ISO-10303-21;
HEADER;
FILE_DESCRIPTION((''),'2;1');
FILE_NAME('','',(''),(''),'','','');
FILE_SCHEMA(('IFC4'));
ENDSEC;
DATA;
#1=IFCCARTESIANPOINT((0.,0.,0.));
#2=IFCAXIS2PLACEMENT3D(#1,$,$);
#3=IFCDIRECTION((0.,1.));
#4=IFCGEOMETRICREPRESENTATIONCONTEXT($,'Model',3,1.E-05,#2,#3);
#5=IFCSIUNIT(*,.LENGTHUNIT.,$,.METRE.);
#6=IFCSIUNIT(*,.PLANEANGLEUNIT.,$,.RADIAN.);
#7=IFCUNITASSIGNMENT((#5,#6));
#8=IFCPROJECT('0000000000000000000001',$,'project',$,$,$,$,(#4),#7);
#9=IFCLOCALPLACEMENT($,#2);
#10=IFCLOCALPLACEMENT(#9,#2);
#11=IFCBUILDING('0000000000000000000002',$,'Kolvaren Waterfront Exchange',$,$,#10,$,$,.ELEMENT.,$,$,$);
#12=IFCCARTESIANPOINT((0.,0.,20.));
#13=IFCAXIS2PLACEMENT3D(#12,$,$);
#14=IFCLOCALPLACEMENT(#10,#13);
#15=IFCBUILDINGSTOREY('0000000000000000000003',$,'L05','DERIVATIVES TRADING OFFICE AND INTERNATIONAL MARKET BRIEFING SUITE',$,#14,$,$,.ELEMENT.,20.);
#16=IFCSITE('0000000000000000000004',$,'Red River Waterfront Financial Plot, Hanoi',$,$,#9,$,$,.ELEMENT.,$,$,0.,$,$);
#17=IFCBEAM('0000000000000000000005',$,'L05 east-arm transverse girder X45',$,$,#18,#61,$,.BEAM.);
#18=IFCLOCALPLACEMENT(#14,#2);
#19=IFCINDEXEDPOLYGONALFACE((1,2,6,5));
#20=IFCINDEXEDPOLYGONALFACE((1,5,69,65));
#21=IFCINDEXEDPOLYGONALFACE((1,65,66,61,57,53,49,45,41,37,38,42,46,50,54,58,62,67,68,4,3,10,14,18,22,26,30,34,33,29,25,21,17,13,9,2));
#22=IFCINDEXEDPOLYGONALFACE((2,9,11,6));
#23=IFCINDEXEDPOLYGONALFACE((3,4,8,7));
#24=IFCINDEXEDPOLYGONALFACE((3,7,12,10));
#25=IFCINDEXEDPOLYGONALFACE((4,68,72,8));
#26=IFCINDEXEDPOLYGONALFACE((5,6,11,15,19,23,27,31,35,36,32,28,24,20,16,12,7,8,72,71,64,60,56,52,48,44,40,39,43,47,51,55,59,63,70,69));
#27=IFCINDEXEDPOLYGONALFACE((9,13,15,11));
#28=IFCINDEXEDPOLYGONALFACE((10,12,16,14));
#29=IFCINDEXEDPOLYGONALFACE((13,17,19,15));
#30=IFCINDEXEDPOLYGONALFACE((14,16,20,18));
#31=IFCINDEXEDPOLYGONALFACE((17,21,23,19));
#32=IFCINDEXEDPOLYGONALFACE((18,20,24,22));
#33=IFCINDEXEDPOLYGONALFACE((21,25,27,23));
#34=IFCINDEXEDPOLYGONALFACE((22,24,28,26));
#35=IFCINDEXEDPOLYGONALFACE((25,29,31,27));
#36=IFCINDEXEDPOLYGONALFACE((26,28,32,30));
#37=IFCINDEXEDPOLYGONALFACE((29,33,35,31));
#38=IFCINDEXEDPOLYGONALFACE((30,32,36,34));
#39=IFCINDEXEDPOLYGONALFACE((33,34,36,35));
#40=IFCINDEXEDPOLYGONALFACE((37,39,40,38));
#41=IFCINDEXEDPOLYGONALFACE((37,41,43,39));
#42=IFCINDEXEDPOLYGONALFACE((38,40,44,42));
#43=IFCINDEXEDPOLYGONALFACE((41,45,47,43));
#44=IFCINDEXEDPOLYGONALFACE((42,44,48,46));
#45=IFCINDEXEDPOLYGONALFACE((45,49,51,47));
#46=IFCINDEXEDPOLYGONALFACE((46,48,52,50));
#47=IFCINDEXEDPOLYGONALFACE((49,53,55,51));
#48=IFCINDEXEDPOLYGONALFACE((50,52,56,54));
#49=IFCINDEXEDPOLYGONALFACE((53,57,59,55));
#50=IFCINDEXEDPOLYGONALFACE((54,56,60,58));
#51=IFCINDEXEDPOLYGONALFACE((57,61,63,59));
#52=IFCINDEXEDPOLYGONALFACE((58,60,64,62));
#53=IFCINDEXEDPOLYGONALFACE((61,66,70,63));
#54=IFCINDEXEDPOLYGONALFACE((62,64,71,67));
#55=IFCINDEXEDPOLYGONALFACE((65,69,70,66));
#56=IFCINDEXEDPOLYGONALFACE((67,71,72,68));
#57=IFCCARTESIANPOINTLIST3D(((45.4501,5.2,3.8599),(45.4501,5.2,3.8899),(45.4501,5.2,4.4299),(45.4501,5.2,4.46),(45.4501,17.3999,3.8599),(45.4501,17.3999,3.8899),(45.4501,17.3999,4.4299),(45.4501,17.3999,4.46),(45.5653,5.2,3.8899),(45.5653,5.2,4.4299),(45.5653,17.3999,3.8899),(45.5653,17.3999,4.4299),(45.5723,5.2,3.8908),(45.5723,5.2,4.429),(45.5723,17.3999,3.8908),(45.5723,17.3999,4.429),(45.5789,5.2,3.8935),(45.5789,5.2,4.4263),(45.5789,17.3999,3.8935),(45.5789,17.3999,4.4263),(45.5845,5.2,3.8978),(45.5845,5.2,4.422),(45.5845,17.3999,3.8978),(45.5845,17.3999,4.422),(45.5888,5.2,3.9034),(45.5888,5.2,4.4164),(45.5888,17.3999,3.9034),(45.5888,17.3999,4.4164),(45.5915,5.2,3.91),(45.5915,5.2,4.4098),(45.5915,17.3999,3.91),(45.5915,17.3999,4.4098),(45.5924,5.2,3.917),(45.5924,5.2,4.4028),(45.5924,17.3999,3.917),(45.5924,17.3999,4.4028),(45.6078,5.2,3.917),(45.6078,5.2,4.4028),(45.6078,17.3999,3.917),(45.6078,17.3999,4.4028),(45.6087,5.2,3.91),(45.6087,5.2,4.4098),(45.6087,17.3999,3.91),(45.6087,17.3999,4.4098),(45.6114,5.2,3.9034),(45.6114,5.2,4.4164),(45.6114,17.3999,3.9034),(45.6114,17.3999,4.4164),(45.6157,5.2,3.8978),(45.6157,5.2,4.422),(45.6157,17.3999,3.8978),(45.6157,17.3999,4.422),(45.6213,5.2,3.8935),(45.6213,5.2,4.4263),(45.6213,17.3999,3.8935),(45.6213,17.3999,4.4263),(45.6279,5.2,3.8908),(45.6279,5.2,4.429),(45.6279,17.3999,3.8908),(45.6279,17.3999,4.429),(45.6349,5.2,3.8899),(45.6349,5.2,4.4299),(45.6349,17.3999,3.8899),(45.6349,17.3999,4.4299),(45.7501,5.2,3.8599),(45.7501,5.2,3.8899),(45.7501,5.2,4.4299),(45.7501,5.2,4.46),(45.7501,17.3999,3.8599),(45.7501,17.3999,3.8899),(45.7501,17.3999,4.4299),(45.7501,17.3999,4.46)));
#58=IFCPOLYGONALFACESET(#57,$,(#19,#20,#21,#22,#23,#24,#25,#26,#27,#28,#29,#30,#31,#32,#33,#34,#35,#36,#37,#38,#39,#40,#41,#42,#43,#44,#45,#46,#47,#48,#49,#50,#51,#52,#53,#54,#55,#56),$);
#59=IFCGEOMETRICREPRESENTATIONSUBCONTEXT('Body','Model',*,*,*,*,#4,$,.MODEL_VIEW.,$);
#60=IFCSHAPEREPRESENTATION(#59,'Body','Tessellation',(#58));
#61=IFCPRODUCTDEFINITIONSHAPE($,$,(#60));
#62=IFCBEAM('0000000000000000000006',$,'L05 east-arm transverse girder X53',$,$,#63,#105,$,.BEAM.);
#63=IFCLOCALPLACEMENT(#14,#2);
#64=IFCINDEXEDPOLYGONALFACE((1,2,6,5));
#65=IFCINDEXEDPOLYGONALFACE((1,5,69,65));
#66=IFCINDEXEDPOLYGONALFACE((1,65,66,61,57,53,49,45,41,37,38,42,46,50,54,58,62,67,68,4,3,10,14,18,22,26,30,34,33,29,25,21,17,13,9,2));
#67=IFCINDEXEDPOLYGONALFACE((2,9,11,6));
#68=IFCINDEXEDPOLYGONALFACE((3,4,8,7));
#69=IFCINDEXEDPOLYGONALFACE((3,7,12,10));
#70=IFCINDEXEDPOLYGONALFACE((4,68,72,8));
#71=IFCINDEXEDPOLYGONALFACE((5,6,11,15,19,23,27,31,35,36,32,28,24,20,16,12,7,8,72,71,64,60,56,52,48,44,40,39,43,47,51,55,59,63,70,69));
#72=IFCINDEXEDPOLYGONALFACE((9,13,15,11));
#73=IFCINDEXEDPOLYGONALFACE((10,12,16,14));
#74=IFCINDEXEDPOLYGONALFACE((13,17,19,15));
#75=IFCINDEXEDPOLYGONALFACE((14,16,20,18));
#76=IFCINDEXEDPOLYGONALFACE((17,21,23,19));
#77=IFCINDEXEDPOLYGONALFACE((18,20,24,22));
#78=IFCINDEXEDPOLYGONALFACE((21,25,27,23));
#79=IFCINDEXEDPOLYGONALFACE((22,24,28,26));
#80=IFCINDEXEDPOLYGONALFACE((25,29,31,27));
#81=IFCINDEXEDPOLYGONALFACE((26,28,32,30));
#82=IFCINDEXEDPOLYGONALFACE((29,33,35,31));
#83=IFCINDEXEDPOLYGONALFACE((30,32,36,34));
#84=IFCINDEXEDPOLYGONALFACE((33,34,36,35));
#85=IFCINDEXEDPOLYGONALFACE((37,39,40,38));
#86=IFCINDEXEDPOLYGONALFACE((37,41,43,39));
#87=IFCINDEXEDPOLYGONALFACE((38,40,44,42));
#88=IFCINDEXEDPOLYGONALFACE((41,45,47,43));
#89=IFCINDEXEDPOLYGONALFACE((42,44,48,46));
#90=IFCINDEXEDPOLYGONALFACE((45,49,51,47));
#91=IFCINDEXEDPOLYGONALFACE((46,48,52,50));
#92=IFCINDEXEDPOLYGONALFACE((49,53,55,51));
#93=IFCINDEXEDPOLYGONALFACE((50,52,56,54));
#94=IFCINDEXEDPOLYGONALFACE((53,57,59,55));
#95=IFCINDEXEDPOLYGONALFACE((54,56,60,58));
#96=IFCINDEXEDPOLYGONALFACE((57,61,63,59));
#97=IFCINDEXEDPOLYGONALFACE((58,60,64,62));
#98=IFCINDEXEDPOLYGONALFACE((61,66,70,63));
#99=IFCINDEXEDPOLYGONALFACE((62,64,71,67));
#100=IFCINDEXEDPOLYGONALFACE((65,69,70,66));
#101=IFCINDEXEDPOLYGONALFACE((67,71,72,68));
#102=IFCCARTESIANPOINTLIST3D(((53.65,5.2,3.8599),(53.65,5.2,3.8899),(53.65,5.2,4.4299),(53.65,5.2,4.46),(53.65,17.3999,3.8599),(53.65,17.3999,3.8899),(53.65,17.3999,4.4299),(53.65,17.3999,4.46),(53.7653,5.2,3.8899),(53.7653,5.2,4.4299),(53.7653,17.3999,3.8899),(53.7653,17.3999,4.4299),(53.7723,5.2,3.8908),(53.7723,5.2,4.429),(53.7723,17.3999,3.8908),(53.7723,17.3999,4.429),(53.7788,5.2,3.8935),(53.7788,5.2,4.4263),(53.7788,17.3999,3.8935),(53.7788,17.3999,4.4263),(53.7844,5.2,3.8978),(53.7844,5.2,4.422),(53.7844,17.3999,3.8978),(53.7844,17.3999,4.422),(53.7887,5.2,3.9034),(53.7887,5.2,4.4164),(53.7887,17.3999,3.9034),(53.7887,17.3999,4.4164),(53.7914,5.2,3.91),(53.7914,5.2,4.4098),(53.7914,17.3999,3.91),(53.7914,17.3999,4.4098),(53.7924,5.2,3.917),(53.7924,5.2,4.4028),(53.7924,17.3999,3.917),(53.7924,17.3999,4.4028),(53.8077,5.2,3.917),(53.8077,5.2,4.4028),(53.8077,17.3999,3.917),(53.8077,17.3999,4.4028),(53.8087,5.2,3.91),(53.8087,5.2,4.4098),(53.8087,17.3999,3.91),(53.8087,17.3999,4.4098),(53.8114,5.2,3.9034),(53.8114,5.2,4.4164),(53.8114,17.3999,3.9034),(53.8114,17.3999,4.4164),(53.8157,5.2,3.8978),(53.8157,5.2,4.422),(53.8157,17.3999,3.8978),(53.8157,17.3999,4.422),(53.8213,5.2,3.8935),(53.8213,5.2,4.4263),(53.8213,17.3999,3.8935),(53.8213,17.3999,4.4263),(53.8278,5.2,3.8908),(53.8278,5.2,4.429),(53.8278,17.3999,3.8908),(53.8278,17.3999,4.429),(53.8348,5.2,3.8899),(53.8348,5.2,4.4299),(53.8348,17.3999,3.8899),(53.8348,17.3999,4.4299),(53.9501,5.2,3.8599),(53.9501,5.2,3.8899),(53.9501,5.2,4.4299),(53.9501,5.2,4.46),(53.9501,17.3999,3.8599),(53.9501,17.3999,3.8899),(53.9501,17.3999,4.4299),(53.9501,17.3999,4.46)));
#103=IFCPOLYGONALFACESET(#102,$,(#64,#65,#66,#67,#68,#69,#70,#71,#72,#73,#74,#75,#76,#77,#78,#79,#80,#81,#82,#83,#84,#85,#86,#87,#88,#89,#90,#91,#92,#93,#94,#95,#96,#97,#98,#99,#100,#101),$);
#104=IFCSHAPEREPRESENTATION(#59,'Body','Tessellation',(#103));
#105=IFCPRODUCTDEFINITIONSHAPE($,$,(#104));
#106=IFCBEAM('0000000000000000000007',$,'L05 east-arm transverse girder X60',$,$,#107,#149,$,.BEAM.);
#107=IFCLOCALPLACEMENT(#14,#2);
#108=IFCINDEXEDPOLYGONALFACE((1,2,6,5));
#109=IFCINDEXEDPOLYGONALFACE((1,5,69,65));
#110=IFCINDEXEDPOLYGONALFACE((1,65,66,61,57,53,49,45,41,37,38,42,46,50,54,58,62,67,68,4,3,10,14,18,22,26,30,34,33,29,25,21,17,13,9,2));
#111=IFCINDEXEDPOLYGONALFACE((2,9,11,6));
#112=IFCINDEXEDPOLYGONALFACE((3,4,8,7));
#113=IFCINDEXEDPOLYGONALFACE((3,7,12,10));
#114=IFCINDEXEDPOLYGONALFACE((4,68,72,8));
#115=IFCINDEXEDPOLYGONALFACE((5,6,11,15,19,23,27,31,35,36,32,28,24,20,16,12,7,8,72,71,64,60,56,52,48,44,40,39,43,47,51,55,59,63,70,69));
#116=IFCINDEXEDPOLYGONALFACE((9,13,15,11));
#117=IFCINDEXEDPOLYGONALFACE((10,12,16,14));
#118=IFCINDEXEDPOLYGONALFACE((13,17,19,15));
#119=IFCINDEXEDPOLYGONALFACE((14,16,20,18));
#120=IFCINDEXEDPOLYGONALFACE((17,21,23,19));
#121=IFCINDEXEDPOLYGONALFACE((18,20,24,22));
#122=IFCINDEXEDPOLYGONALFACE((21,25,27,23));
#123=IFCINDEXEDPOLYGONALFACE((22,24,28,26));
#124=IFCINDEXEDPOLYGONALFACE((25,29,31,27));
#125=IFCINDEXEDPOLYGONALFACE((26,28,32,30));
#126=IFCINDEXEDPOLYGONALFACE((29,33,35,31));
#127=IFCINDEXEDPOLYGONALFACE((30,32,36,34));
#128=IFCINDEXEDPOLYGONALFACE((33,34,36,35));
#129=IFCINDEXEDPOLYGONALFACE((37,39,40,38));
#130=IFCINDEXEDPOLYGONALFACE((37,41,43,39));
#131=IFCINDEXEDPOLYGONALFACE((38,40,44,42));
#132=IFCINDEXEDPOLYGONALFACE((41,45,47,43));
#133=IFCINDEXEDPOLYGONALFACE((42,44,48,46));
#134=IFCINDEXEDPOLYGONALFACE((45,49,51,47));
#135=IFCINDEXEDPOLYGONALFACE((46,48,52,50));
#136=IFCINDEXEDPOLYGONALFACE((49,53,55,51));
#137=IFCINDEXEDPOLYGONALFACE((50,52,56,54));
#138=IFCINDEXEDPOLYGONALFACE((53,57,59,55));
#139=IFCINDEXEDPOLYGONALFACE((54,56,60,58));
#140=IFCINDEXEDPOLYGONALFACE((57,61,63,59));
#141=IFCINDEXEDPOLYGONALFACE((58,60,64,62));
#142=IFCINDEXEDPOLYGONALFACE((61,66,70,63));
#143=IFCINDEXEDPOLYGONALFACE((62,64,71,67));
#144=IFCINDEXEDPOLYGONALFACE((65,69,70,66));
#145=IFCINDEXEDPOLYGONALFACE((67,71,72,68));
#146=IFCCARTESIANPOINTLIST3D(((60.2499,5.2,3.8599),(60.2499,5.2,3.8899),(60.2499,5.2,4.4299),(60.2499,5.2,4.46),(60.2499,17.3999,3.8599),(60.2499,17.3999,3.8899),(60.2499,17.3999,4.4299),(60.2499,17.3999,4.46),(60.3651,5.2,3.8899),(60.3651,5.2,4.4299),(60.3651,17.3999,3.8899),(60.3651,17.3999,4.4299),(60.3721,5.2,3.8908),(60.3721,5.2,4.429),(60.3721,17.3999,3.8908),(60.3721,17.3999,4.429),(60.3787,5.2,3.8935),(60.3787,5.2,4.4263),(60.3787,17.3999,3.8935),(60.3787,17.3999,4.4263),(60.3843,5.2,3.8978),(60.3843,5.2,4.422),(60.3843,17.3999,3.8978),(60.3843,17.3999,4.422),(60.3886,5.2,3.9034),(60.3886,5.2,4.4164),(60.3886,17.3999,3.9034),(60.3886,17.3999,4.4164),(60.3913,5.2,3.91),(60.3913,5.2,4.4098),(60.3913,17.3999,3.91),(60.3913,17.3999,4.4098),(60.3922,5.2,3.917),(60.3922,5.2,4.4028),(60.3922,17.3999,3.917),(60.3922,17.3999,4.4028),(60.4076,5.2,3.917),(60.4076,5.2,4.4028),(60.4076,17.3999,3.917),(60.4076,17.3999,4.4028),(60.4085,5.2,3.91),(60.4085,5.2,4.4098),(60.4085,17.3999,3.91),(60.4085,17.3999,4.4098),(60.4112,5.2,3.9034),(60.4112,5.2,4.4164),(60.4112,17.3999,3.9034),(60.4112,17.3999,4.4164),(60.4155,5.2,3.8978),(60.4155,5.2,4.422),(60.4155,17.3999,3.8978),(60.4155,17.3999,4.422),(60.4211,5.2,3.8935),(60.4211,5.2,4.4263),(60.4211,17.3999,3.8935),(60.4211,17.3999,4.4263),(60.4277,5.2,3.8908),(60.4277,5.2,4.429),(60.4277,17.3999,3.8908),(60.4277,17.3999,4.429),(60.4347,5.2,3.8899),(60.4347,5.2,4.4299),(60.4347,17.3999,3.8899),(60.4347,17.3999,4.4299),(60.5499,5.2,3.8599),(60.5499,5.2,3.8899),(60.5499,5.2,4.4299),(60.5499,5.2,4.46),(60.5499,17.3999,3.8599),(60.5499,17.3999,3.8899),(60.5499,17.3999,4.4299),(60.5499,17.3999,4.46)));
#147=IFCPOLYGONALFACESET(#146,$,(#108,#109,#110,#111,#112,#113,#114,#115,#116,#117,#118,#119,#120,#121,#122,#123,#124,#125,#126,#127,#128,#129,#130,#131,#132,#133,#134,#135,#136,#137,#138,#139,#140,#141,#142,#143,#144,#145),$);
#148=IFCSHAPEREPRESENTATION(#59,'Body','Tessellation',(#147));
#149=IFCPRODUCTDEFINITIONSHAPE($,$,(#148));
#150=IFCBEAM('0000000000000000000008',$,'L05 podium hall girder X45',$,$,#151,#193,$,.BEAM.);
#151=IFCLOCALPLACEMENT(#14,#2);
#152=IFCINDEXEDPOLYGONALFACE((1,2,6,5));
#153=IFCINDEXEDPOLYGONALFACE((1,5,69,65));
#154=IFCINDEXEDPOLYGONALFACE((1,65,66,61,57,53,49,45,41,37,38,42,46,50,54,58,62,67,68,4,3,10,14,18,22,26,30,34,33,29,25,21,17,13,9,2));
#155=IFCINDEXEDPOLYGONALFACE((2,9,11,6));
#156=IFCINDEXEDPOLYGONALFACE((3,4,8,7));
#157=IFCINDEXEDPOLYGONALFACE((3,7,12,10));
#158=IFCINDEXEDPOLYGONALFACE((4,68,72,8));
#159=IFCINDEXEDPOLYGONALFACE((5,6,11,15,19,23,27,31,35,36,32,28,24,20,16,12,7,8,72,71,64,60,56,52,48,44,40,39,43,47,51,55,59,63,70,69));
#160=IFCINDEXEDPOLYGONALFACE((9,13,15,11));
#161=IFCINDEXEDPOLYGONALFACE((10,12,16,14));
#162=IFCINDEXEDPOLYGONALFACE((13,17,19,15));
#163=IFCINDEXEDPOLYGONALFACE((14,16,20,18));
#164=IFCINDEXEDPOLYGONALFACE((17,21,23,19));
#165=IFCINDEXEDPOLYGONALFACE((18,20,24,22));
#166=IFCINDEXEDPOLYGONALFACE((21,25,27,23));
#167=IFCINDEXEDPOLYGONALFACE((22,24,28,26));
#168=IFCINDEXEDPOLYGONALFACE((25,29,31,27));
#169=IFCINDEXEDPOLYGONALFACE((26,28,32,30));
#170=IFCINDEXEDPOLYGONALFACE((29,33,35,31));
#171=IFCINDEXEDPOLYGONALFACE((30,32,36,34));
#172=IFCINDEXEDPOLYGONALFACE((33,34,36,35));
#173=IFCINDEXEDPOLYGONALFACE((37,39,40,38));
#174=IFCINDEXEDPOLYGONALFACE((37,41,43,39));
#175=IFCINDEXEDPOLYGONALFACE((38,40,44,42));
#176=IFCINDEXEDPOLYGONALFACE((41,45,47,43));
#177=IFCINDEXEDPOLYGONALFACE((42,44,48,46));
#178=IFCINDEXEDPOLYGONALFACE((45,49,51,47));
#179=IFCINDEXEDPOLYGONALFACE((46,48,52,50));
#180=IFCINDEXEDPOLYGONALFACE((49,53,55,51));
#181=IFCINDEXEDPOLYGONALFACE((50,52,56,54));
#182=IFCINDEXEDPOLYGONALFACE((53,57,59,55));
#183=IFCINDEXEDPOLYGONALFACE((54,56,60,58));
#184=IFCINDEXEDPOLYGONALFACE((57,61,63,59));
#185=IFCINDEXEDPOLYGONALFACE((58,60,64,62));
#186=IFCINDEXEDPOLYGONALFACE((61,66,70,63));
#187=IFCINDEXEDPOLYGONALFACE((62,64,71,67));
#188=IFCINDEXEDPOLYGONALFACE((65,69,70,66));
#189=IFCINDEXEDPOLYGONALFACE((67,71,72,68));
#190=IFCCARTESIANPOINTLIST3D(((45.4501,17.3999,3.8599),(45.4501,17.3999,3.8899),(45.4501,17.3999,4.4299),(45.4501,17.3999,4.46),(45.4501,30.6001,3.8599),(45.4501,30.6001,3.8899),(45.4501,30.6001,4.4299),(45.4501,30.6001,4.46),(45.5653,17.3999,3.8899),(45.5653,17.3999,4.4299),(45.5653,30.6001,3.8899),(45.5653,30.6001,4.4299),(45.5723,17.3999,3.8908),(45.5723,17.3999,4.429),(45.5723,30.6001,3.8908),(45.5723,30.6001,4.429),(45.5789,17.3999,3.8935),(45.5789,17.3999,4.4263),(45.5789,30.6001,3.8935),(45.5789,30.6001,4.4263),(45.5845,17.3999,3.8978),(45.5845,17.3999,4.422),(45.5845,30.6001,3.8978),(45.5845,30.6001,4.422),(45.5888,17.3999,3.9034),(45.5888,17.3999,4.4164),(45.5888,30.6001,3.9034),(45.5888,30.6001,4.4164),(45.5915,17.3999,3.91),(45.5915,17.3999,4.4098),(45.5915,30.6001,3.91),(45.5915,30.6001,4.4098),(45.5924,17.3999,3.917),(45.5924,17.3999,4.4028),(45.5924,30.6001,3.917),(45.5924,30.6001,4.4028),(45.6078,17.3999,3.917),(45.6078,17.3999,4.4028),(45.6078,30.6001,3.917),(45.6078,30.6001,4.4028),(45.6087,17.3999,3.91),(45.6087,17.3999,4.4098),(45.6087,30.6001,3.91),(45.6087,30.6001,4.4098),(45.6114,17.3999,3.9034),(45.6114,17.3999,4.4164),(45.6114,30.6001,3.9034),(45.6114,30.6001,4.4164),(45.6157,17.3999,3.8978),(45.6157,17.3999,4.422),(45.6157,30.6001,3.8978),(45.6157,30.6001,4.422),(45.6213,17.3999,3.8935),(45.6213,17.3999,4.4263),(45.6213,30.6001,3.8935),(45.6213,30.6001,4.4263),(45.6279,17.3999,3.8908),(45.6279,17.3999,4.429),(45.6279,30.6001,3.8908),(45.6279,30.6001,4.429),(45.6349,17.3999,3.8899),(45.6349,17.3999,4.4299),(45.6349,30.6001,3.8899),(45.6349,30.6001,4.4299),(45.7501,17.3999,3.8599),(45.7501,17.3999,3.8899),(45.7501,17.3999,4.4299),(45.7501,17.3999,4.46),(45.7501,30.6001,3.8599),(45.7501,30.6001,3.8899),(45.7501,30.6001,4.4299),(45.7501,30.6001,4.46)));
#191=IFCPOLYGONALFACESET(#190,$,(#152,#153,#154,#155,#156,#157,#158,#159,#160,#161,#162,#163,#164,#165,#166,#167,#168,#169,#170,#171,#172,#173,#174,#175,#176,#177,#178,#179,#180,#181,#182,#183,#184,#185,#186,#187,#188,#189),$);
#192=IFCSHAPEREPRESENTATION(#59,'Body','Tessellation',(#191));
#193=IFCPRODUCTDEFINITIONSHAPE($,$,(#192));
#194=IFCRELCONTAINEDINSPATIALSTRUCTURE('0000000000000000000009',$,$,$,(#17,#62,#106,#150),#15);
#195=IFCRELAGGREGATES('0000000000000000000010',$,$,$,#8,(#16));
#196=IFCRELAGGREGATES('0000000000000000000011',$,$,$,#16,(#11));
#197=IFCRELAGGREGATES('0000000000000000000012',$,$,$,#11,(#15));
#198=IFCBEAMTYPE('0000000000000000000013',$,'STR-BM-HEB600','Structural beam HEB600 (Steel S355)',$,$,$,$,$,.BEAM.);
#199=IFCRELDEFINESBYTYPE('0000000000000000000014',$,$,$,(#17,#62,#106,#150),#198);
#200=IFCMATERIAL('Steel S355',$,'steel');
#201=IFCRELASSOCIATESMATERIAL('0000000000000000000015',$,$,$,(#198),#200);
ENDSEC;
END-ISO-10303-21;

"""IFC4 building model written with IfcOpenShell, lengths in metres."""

from ifc_helpers import new_model, si_unit, direction, frame, origin, origin_2d, place, context, subcontext, project, spatial, i_section, extrude, material, material_profile, profile_set, type_object, element, save


model = new_model("IFC4")

# Units and contexts
model_context = context("Model", 3, precision=1e-05, world=origin(), true_north=direction((0.0, 1.0)))
body_context = subcontext(model_context, "Body", "Model", "MODEL_VIEW")
ifc_project = project(units=[si_unit("LENGTHUNIT", "METRE"), si_unit("PLANEANGLEUNIT", "RADIAN")], contexts=[model_context])

# Site, building, storey
site_placement = place(None, origin())
site = spatial("IfcSite", under=ifc_project, at=site_placement, Name="Red River Waterfront Financial Plot, Hanoi", CompositionType="ELEMENT", RefElevation=0.0)
building_placement = place(site_placement, origin())
building = spatial("IfcBuilding", under=site, at=building_placement, Name="Kolvaren Waterfront Exchange", CompositionType="ELEMENT")
storey_placement = place(building_placement, frame((0.0, 0.0, 20.0)))
storey = spatial("IfcBuildingStorey", under=building, at=storey_placement, Name="L05", Description="DERIVATIVES TRADING OFFICE AND INTERNATIONAL MARKET BRIEFING SUITE", CompositionType="ELEMENT", Elevation=20.0)

# Beams
ifc_material_1 = material(Name="Steel S355", Category="steel")
ifc_material_profile_1 = material_profile(ifc_material_1, i_section(OverallWidth=0.3, OverallDepth=0.6001, WebThickness=0.0154, FlangeThickness=0.03, FilletRadius=0.0271, at=origin_2d()), Name="HEB600")
ifc_profile_set_1 = profile_set([ifc_material_profile_1], Name="Steel S355")
beam_type_1 = type_object("IfcBeamType", Name="STR-BM-HEB600", Description="Structural beam HEB600 (Steel S355)", PredefinedType="BEAM", material=ifc_profile_set_1)
for number, where, z_axis, x_axis, name in (
    (1, (45.6001, 5.2, 4.1599), (0.0, 1.0, 0.0), (-1.0, 0.0, 0.0), "L05 east-arm transverse girder X45"),
    (2, (53.8, 5.2, 4.1599), (0.0, 1.0, 0.0), (-1.0, 0.0, 0.0), "L05 east-arm transverse girder X53"),
    (3, (60.3999, 5.2, 4.1599), (0.0, 1.0, 0.0), (-1.0, 0.0, 0.0), "L05 east-arm transverse girder X60"),
):
    element("IfcBeam", number, at=place(storey_placement, frame(where, z_axis=z_axis, x_axis=x_axis)), inside=storey, type_object=beam_type_1, Name=name, PredefinedType="BEAM", context=body_context, shape_type="SweptSolid", body=[
        extrude(i_section(OverallWidth=0.3, OverallDepth=0.6001, WebThickness=0.0154, FlangeThickness=0.03, FilletRadius=0.0271, at=origin_2d()), origin(), (0.0, 0.0, 1.0), 12.2),
    ])
for number, where, z_axis, x_axis, name in (
    (4, (45.6001, 17.3999, 4.1599), (0.0, 1.0, 0.0), (-1.0, 0.0, 0.0), "L05 podium hall girder X45"),
):
    element("IfcBeam", number, at=place(storey_placement, frame(where, z_axis=z_axis, x_axis=x_axis)), inside=storey, type_object=beam_type_1, Name=name, PredefinedType="BEAM", context=body_context, shape_type="SweptSolid", body=[
        extrude(i_section(OverallWidth=0.3, OverallDepth=0.6001, WebThickness=0.0154, FlangeThickness=0.03, FilletRadius=0.0271, at=origin_2d()), origin(), (0.0, 0.0, 1.0), 13.2002),
    ])

save(model, "model.ifc")
